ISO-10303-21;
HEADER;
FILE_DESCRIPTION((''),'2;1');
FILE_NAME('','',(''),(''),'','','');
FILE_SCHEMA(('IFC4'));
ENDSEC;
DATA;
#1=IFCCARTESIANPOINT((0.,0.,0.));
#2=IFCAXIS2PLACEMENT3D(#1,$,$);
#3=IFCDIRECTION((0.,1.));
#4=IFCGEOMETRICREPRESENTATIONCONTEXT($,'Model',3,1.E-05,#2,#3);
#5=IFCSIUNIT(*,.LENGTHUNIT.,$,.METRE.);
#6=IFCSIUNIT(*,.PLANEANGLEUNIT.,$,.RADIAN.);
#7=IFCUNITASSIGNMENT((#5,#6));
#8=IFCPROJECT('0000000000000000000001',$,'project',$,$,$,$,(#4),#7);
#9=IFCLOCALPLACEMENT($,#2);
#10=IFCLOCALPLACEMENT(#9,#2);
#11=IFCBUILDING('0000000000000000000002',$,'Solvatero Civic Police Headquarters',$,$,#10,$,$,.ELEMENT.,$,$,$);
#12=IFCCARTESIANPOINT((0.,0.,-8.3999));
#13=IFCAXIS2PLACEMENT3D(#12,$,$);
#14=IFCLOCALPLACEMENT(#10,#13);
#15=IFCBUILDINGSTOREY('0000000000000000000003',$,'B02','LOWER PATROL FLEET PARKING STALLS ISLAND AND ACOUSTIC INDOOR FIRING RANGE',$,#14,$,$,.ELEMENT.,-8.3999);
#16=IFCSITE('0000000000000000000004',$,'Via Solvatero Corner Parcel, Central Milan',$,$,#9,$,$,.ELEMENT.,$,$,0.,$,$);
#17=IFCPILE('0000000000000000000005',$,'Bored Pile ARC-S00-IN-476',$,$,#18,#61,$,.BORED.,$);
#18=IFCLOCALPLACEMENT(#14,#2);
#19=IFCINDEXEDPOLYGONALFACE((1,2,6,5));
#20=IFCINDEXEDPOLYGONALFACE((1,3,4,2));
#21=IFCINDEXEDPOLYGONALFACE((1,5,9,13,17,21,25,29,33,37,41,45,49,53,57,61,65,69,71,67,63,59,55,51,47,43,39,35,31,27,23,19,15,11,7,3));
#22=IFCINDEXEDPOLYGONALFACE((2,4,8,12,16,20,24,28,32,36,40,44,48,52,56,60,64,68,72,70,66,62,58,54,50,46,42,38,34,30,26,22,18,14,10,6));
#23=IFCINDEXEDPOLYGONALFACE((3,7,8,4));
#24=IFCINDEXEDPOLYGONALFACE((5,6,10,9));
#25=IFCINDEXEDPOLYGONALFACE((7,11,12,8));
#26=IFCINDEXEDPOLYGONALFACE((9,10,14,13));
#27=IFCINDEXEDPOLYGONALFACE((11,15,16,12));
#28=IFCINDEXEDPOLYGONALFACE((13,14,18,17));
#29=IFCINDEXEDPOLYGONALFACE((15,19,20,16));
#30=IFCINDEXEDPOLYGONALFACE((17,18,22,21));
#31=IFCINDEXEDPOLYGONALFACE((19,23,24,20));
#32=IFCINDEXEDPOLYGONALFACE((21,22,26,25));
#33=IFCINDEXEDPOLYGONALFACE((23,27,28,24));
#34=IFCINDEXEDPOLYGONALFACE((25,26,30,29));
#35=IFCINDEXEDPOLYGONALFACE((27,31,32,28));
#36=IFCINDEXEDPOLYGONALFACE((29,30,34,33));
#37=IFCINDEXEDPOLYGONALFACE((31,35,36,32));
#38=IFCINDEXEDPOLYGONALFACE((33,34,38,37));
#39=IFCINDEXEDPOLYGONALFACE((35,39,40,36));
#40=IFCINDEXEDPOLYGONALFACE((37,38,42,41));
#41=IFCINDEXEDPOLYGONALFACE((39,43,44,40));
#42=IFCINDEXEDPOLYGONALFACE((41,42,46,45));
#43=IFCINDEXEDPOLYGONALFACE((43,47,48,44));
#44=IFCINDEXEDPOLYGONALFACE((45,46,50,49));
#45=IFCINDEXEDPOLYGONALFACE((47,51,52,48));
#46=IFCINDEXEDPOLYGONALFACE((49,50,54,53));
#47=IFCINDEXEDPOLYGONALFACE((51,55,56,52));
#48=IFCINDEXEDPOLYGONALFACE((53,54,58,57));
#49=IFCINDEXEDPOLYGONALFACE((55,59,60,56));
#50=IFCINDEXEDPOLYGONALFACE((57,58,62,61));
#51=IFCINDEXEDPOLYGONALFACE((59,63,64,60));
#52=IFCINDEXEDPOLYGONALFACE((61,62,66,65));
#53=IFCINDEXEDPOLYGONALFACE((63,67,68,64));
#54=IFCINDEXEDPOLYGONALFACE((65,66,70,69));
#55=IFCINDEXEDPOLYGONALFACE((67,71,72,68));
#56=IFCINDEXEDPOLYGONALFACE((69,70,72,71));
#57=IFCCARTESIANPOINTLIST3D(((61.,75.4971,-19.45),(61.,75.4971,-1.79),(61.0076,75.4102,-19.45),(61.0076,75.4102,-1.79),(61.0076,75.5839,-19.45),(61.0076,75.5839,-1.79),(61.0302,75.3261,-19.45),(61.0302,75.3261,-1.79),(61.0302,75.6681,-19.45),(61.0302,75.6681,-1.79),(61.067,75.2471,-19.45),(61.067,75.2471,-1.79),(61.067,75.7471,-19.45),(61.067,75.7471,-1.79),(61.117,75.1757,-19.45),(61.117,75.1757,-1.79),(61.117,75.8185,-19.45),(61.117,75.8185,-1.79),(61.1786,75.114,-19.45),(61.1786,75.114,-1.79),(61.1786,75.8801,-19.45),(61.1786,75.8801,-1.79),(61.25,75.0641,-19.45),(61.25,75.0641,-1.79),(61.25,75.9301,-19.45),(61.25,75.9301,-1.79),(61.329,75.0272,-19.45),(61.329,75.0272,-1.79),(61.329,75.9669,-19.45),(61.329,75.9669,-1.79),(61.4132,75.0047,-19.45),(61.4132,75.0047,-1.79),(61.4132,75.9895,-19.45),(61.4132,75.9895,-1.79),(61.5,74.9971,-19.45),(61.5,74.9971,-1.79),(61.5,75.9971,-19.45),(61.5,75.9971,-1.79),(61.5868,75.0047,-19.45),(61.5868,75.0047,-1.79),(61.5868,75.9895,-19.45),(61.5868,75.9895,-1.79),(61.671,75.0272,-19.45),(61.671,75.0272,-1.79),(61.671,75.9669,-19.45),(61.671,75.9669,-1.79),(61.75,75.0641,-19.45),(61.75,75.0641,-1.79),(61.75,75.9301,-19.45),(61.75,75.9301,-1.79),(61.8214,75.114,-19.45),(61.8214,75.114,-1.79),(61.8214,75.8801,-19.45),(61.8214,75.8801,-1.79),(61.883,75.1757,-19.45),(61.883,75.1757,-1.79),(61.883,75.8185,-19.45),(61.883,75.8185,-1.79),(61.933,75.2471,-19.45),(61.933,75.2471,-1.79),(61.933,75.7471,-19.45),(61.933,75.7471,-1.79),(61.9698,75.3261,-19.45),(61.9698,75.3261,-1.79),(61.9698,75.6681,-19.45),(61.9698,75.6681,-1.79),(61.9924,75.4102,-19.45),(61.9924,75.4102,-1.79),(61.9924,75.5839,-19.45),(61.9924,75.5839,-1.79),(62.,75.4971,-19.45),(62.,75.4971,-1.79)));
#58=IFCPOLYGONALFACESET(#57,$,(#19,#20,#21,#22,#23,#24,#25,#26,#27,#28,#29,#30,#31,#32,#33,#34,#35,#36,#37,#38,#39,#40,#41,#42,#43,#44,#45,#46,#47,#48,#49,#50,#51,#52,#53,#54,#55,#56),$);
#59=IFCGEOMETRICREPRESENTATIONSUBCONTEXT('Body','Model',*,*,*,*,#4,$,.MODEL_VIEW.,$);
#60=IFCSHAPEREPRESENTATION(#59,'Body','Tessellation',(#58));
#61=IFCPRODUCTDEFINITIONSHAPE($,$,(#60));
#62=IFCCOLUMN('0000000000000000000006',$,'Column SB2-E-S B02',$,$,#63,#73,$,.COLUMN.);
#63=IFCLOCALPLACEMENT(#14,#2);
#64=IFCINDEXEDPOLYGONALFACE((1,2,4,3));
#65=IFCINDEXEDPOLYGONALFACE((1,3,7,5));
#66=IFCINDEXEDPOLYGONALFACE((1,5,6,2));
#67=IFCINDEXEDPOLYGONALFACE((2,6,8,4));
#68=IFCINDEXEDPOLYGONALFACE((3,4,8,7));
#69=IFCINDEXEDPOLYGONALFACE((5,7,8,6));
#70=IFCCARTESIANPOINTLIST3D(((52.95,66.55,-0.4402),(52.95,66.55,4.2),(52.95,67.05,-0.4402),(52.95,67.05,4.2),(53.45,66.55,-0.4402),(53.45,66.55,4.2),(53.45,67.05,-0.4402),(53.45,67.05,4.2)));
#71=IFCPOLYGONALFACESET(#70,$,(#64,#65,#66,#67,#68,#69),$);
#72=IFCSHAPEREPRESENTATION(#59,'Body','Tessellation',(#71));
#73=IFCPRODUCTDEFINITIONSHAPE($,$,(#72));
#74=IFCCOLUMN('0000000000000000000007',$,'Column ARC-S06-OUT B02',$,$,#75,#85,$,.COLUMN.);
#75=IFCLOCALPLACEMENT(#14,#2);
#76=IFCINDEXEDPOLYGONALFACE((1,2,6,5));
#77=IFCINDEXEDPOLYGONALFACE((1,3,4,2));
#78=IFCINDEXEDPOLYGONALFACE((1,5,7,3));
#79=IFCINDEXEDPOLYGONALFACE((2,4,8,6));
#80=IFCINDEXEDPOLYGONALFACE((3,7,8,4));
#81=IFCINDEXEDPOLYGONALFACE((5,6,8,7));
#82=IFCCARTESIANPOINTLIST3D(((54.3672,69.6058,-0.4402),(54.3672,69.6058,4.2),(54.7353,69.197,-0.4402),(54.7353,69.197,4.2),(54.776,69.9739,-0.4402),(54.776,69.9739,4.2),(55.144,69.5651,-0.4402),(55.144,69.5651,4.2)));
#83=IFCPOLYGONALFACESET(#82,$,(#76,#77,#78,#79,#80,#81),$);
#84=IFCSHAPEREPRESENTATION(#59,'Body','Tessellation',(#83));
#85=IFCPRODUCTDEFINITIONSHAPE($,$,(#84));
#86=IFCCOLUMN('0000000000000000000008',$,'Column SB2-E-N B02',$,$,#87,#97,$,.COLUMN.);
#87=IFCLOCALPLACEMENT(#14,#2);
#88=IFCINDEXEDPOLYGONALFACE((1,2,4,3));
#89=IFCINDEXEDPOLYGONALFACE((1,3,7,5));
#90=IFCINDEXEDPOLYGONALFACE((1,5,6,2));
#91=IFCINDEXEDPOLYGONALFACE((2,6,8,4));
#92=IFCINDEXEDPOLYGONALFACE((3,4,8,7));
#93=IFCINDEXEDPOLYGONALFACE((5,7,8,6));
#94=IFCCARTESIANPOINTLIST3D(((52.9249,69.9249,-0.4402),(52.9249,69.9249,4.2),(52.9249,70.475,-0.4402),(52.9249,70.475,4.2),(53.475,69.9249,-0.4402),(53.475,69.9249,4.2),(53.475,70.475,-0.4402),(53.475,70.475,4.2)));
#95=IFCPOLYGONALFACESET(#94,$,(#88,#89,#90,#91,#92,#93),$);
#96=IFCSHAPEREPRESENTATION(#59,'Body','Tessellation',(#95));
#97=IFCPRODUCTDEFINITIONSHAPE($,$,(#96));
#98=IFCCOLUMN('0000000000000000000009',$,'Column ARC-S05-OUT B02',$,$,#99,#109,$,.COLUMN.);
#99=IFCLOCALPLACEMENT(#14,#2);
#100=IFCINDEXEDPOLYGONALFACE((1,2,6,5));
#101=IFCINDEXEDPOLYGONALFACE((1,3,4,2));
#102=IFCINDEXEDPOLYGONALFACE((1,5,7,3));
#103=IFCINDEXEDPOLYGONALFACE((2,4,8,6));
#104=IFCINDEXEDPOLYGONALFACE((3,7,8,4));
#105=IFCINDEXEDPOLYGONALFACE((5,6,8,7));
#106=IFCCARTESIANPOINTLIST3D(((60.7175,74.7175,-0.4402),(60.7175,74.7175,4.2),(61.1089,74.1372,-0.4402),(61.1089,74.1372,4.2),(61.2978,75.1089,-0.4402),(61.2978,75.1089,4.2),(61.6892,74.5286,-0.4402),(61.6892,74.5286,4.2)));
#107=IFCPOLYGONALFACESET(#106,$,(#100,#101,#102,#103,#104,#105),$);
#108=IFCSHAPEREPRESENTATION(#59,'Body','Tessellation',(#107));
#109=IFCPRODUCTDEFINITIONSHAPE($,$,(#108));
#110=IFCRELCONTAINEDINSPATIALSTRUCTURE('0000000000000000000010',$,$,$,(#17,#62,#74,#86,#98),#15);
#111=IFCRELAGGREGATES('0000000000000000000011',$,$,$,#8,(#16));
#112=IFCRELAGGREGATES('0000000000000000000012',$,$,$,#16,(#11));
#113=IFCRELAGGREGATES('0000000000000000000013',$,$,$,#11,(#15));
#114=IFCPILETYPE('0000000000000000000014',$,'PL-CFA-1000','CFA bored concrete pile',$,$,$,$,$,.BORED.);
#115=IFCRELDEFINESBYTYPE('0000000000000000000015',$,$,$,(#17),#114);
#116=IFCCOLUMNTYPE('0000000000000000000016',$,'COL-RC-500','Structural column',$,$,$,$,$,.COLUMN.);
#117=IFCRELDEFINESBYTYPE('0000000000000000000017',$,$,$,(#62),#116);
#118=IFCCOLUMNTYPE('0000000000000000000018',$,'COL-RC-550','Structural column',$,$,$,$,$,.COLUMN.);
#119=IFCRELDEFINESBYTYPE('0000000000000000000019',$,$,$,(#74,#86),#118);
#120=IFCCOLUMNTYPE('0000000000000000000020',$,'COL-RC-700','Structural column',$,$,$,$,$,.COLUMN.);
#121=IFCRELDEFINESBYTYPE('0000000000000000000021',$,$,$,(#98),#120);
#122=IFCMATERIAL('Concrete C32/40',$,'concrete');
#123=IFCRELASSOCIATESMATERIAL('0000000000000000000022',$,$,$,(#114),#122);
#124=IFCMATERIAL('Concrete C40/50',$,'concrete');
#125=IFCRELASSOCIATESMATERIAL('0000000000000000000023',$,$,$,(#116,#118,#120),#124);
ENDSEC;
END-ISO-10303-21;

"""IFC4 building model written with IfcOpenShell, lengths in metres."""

from ifc_helpers import new_model, si_unit, direction, frame, origin, origin_2d, place, context, subcontext, project, spatial, rectangle, circle, extrude, material, material_profile, profile_set, type_object, element, save


model = new_model("IFC4")

# Units and contexts
model_context = context("Model", 3, precision=1e-05, world=origin(), true_north=direction((0.0, 1.0)))
body_context = subcontext(model_context, "Body", "Model", "MODEL_VIEW")
ifc_project = project(units=[si_unit("LENGTHUNIT", "METRE"), si_unit("PLANEANGLEUNIT", "RADIAN")], contexts=[model_context])

# Site, building, storey
site_placement = place(None, origin())
site = spatial("IfcSite", under=ifc_project, at=site_placement, Name="Via Solvatero Corner Parcel, Central Milan", CompositionType="ELEMENT", RefElevation=0.0)
building_placement = place(site_placement, origin())
building = spatial("IfcBuilding", under=site, at=building_placement, Name="Solvatero Civic Police Headquarters", CompositionType="ELEMENT")
storey_placement = place(building_placement, frame((0.0, 0.0, -8.3999)))
storey = spatial("IfcBuildingStorey", under=building, at=storey_placement, Name="B02", Description="LOWER PATROL FLEET PARKING STALLS ISLAND AND ACOUSTIC INDOOR FIRING RANGE", CompositionType="ELEMENT", Elevation=-8.3999)

# Pile
ifc_material_1 = material(Name="Concrete C32/40", Category="concrete")
ifc_material_profile_1 = material_profile(ifc_material_1, circle(Radius=0.5, at=origin_2d()), Name="CFA PILE D1000")
ifc_profile_set_1 = profile_set([ifc_material_profile_1], Name="Concrete C32/40")
pile_type = type_object("IfcPileType", Name="PL-CFA-1000", Description="CFA bored concrete pile", PredefinedType="BORED", material=ifc_profile_set_1)
for number, where, z_axis, x_axis, name in (
    (1, (61.5, 75.4971, -1.79), (0.0, 0.0, -1.0), (1.0, 0.0, 0.0), "Bored Pile ARC-S00-IN-476"),
):
    element("IfcPile", number, at=place(storey_placement, frame(where, z_axis=z_axis, x_axis=x_axis)), inside=storey, type_object=pile_type, Name=name, PredefinedType="BORED", context=body_context, shape_type="SweptSolid", body=[
        extrude(circle(Radius=0.5, at=origin_2d()), origin(), (0.0, 0.0, 1.0), 17.6599),
    ])

# Columns
ifc_material_2 = material(Name="Concrete C40/50", Category="concrete")
ifc_material_profile_2 = material_profile(ifc_material_2, rectangle(XDim=0.5, YDim=0.5, at=origin_2d()), Name="RC 500x500")
ifc_profile_set_2 = profile_set([ifc_material_profile_2], Name="Concrete C40/50")
column_type_1 = type_object("IfcColumnType", Name="COL-RC-500", Description="Structural column", PredefinedType="COLUMN", material=ifc_profile_set_2)
column_1_placement = place(storey_placement, frame((53.2, 66.8, -0.4402), z_axis=(0.0, 0.0, 1.0), x_axis=(1.0, 0.0, 0.0)))
element("IfcColumn", 2, at=column_1_placement, inside=storey, type_object=column_type_1, Name="Column SB2-E-S B02", PredefinedType="COLUMN", context=body_context, shape_type="SweptSolid", body=[
    extrude(rectangle(XDim=0.5, YDim=0.5, at=origin_2d()), origin(), (0.0, 0.0, 1.0), 4.6401),
])
ifc_material_profile_3 = material_profile(ifc_material_2, rectangle(XDim=0.55, YDim=0.55, at=origin_2d()), Name="RC 550x550")
ifc_profile_set_3 = profile_set([ifc_material_profile_3], Name="Concrete C40/50")
column_type_2 = type_object("IfcColumnType", Name="COL-RC-550", Description="Structural column", PredefinedType="COLUMN", material=ifc_profile_set_3)
for number, where, z_axis, x_axis, name in (
    (3, (54.7556, 69.5854, -0.4402), (0.0, 0.0, 1.0), (0.743145, 0.669131, 0.0), "Column ARC-S06-OUT B02"),
    (4, (53.2, 70.2, -0.4402), (0.0, 0.0, 1.0), (1.0, 0.0, 0.0), "Column SB2-E-N B02"),
):
    element("IfcColumn", number, at=place(storey_placement, frame(where, z_axis=z_axis, x_axis=x_axis)), inside=storey, type_object=column_type_2, Name=name, PredefinedType="COLUMN", context=body_context, shape_type="SweptSolid", body=[
        extrude(rectangle(XDim=0.55, YDim=0.55, at=origin_2d()), origin(), (0.0, 0.0, 1.0), 4.6401),
    ])
ifc_material_profile_4 = material_profile(ifc_material_2, rectangle(XDim=0.7, YDim=0.7, at=origin_2d()), Name="RC 700x700")
ifc_profile_set_4 = profile_set([ifc_material_profile_4], Name="Concrete C40/50")
column_type_3 = type_object("IfcColumnType", Name="COL-RC-700", Description="Structural column", PredefinedType="COLUMN", material=ifc_profile_set_4)
column_2_placement = place(storey_placement, frame((61.2034, 74.623, -0.4402), z_axis=(0.0, 0.0, 1.0), x_axis=(0.829038, 0.559193, 0.0)))
element("IfcColumn", 5, at=column_2_placement, inside=storey, type_object=column_type_3, Name="Column ARC-S05-OUT B02", PredefinedType="COLUMN", context=body_context, shape_type="SweptSolid", body=[
    extrude(rectangle(XDim=0.7, YDim=0.7, at=origin_2d()), origin(), (0.0, 0.0, 1.0), 4.6401),
])

save(model, "model.ifc")
